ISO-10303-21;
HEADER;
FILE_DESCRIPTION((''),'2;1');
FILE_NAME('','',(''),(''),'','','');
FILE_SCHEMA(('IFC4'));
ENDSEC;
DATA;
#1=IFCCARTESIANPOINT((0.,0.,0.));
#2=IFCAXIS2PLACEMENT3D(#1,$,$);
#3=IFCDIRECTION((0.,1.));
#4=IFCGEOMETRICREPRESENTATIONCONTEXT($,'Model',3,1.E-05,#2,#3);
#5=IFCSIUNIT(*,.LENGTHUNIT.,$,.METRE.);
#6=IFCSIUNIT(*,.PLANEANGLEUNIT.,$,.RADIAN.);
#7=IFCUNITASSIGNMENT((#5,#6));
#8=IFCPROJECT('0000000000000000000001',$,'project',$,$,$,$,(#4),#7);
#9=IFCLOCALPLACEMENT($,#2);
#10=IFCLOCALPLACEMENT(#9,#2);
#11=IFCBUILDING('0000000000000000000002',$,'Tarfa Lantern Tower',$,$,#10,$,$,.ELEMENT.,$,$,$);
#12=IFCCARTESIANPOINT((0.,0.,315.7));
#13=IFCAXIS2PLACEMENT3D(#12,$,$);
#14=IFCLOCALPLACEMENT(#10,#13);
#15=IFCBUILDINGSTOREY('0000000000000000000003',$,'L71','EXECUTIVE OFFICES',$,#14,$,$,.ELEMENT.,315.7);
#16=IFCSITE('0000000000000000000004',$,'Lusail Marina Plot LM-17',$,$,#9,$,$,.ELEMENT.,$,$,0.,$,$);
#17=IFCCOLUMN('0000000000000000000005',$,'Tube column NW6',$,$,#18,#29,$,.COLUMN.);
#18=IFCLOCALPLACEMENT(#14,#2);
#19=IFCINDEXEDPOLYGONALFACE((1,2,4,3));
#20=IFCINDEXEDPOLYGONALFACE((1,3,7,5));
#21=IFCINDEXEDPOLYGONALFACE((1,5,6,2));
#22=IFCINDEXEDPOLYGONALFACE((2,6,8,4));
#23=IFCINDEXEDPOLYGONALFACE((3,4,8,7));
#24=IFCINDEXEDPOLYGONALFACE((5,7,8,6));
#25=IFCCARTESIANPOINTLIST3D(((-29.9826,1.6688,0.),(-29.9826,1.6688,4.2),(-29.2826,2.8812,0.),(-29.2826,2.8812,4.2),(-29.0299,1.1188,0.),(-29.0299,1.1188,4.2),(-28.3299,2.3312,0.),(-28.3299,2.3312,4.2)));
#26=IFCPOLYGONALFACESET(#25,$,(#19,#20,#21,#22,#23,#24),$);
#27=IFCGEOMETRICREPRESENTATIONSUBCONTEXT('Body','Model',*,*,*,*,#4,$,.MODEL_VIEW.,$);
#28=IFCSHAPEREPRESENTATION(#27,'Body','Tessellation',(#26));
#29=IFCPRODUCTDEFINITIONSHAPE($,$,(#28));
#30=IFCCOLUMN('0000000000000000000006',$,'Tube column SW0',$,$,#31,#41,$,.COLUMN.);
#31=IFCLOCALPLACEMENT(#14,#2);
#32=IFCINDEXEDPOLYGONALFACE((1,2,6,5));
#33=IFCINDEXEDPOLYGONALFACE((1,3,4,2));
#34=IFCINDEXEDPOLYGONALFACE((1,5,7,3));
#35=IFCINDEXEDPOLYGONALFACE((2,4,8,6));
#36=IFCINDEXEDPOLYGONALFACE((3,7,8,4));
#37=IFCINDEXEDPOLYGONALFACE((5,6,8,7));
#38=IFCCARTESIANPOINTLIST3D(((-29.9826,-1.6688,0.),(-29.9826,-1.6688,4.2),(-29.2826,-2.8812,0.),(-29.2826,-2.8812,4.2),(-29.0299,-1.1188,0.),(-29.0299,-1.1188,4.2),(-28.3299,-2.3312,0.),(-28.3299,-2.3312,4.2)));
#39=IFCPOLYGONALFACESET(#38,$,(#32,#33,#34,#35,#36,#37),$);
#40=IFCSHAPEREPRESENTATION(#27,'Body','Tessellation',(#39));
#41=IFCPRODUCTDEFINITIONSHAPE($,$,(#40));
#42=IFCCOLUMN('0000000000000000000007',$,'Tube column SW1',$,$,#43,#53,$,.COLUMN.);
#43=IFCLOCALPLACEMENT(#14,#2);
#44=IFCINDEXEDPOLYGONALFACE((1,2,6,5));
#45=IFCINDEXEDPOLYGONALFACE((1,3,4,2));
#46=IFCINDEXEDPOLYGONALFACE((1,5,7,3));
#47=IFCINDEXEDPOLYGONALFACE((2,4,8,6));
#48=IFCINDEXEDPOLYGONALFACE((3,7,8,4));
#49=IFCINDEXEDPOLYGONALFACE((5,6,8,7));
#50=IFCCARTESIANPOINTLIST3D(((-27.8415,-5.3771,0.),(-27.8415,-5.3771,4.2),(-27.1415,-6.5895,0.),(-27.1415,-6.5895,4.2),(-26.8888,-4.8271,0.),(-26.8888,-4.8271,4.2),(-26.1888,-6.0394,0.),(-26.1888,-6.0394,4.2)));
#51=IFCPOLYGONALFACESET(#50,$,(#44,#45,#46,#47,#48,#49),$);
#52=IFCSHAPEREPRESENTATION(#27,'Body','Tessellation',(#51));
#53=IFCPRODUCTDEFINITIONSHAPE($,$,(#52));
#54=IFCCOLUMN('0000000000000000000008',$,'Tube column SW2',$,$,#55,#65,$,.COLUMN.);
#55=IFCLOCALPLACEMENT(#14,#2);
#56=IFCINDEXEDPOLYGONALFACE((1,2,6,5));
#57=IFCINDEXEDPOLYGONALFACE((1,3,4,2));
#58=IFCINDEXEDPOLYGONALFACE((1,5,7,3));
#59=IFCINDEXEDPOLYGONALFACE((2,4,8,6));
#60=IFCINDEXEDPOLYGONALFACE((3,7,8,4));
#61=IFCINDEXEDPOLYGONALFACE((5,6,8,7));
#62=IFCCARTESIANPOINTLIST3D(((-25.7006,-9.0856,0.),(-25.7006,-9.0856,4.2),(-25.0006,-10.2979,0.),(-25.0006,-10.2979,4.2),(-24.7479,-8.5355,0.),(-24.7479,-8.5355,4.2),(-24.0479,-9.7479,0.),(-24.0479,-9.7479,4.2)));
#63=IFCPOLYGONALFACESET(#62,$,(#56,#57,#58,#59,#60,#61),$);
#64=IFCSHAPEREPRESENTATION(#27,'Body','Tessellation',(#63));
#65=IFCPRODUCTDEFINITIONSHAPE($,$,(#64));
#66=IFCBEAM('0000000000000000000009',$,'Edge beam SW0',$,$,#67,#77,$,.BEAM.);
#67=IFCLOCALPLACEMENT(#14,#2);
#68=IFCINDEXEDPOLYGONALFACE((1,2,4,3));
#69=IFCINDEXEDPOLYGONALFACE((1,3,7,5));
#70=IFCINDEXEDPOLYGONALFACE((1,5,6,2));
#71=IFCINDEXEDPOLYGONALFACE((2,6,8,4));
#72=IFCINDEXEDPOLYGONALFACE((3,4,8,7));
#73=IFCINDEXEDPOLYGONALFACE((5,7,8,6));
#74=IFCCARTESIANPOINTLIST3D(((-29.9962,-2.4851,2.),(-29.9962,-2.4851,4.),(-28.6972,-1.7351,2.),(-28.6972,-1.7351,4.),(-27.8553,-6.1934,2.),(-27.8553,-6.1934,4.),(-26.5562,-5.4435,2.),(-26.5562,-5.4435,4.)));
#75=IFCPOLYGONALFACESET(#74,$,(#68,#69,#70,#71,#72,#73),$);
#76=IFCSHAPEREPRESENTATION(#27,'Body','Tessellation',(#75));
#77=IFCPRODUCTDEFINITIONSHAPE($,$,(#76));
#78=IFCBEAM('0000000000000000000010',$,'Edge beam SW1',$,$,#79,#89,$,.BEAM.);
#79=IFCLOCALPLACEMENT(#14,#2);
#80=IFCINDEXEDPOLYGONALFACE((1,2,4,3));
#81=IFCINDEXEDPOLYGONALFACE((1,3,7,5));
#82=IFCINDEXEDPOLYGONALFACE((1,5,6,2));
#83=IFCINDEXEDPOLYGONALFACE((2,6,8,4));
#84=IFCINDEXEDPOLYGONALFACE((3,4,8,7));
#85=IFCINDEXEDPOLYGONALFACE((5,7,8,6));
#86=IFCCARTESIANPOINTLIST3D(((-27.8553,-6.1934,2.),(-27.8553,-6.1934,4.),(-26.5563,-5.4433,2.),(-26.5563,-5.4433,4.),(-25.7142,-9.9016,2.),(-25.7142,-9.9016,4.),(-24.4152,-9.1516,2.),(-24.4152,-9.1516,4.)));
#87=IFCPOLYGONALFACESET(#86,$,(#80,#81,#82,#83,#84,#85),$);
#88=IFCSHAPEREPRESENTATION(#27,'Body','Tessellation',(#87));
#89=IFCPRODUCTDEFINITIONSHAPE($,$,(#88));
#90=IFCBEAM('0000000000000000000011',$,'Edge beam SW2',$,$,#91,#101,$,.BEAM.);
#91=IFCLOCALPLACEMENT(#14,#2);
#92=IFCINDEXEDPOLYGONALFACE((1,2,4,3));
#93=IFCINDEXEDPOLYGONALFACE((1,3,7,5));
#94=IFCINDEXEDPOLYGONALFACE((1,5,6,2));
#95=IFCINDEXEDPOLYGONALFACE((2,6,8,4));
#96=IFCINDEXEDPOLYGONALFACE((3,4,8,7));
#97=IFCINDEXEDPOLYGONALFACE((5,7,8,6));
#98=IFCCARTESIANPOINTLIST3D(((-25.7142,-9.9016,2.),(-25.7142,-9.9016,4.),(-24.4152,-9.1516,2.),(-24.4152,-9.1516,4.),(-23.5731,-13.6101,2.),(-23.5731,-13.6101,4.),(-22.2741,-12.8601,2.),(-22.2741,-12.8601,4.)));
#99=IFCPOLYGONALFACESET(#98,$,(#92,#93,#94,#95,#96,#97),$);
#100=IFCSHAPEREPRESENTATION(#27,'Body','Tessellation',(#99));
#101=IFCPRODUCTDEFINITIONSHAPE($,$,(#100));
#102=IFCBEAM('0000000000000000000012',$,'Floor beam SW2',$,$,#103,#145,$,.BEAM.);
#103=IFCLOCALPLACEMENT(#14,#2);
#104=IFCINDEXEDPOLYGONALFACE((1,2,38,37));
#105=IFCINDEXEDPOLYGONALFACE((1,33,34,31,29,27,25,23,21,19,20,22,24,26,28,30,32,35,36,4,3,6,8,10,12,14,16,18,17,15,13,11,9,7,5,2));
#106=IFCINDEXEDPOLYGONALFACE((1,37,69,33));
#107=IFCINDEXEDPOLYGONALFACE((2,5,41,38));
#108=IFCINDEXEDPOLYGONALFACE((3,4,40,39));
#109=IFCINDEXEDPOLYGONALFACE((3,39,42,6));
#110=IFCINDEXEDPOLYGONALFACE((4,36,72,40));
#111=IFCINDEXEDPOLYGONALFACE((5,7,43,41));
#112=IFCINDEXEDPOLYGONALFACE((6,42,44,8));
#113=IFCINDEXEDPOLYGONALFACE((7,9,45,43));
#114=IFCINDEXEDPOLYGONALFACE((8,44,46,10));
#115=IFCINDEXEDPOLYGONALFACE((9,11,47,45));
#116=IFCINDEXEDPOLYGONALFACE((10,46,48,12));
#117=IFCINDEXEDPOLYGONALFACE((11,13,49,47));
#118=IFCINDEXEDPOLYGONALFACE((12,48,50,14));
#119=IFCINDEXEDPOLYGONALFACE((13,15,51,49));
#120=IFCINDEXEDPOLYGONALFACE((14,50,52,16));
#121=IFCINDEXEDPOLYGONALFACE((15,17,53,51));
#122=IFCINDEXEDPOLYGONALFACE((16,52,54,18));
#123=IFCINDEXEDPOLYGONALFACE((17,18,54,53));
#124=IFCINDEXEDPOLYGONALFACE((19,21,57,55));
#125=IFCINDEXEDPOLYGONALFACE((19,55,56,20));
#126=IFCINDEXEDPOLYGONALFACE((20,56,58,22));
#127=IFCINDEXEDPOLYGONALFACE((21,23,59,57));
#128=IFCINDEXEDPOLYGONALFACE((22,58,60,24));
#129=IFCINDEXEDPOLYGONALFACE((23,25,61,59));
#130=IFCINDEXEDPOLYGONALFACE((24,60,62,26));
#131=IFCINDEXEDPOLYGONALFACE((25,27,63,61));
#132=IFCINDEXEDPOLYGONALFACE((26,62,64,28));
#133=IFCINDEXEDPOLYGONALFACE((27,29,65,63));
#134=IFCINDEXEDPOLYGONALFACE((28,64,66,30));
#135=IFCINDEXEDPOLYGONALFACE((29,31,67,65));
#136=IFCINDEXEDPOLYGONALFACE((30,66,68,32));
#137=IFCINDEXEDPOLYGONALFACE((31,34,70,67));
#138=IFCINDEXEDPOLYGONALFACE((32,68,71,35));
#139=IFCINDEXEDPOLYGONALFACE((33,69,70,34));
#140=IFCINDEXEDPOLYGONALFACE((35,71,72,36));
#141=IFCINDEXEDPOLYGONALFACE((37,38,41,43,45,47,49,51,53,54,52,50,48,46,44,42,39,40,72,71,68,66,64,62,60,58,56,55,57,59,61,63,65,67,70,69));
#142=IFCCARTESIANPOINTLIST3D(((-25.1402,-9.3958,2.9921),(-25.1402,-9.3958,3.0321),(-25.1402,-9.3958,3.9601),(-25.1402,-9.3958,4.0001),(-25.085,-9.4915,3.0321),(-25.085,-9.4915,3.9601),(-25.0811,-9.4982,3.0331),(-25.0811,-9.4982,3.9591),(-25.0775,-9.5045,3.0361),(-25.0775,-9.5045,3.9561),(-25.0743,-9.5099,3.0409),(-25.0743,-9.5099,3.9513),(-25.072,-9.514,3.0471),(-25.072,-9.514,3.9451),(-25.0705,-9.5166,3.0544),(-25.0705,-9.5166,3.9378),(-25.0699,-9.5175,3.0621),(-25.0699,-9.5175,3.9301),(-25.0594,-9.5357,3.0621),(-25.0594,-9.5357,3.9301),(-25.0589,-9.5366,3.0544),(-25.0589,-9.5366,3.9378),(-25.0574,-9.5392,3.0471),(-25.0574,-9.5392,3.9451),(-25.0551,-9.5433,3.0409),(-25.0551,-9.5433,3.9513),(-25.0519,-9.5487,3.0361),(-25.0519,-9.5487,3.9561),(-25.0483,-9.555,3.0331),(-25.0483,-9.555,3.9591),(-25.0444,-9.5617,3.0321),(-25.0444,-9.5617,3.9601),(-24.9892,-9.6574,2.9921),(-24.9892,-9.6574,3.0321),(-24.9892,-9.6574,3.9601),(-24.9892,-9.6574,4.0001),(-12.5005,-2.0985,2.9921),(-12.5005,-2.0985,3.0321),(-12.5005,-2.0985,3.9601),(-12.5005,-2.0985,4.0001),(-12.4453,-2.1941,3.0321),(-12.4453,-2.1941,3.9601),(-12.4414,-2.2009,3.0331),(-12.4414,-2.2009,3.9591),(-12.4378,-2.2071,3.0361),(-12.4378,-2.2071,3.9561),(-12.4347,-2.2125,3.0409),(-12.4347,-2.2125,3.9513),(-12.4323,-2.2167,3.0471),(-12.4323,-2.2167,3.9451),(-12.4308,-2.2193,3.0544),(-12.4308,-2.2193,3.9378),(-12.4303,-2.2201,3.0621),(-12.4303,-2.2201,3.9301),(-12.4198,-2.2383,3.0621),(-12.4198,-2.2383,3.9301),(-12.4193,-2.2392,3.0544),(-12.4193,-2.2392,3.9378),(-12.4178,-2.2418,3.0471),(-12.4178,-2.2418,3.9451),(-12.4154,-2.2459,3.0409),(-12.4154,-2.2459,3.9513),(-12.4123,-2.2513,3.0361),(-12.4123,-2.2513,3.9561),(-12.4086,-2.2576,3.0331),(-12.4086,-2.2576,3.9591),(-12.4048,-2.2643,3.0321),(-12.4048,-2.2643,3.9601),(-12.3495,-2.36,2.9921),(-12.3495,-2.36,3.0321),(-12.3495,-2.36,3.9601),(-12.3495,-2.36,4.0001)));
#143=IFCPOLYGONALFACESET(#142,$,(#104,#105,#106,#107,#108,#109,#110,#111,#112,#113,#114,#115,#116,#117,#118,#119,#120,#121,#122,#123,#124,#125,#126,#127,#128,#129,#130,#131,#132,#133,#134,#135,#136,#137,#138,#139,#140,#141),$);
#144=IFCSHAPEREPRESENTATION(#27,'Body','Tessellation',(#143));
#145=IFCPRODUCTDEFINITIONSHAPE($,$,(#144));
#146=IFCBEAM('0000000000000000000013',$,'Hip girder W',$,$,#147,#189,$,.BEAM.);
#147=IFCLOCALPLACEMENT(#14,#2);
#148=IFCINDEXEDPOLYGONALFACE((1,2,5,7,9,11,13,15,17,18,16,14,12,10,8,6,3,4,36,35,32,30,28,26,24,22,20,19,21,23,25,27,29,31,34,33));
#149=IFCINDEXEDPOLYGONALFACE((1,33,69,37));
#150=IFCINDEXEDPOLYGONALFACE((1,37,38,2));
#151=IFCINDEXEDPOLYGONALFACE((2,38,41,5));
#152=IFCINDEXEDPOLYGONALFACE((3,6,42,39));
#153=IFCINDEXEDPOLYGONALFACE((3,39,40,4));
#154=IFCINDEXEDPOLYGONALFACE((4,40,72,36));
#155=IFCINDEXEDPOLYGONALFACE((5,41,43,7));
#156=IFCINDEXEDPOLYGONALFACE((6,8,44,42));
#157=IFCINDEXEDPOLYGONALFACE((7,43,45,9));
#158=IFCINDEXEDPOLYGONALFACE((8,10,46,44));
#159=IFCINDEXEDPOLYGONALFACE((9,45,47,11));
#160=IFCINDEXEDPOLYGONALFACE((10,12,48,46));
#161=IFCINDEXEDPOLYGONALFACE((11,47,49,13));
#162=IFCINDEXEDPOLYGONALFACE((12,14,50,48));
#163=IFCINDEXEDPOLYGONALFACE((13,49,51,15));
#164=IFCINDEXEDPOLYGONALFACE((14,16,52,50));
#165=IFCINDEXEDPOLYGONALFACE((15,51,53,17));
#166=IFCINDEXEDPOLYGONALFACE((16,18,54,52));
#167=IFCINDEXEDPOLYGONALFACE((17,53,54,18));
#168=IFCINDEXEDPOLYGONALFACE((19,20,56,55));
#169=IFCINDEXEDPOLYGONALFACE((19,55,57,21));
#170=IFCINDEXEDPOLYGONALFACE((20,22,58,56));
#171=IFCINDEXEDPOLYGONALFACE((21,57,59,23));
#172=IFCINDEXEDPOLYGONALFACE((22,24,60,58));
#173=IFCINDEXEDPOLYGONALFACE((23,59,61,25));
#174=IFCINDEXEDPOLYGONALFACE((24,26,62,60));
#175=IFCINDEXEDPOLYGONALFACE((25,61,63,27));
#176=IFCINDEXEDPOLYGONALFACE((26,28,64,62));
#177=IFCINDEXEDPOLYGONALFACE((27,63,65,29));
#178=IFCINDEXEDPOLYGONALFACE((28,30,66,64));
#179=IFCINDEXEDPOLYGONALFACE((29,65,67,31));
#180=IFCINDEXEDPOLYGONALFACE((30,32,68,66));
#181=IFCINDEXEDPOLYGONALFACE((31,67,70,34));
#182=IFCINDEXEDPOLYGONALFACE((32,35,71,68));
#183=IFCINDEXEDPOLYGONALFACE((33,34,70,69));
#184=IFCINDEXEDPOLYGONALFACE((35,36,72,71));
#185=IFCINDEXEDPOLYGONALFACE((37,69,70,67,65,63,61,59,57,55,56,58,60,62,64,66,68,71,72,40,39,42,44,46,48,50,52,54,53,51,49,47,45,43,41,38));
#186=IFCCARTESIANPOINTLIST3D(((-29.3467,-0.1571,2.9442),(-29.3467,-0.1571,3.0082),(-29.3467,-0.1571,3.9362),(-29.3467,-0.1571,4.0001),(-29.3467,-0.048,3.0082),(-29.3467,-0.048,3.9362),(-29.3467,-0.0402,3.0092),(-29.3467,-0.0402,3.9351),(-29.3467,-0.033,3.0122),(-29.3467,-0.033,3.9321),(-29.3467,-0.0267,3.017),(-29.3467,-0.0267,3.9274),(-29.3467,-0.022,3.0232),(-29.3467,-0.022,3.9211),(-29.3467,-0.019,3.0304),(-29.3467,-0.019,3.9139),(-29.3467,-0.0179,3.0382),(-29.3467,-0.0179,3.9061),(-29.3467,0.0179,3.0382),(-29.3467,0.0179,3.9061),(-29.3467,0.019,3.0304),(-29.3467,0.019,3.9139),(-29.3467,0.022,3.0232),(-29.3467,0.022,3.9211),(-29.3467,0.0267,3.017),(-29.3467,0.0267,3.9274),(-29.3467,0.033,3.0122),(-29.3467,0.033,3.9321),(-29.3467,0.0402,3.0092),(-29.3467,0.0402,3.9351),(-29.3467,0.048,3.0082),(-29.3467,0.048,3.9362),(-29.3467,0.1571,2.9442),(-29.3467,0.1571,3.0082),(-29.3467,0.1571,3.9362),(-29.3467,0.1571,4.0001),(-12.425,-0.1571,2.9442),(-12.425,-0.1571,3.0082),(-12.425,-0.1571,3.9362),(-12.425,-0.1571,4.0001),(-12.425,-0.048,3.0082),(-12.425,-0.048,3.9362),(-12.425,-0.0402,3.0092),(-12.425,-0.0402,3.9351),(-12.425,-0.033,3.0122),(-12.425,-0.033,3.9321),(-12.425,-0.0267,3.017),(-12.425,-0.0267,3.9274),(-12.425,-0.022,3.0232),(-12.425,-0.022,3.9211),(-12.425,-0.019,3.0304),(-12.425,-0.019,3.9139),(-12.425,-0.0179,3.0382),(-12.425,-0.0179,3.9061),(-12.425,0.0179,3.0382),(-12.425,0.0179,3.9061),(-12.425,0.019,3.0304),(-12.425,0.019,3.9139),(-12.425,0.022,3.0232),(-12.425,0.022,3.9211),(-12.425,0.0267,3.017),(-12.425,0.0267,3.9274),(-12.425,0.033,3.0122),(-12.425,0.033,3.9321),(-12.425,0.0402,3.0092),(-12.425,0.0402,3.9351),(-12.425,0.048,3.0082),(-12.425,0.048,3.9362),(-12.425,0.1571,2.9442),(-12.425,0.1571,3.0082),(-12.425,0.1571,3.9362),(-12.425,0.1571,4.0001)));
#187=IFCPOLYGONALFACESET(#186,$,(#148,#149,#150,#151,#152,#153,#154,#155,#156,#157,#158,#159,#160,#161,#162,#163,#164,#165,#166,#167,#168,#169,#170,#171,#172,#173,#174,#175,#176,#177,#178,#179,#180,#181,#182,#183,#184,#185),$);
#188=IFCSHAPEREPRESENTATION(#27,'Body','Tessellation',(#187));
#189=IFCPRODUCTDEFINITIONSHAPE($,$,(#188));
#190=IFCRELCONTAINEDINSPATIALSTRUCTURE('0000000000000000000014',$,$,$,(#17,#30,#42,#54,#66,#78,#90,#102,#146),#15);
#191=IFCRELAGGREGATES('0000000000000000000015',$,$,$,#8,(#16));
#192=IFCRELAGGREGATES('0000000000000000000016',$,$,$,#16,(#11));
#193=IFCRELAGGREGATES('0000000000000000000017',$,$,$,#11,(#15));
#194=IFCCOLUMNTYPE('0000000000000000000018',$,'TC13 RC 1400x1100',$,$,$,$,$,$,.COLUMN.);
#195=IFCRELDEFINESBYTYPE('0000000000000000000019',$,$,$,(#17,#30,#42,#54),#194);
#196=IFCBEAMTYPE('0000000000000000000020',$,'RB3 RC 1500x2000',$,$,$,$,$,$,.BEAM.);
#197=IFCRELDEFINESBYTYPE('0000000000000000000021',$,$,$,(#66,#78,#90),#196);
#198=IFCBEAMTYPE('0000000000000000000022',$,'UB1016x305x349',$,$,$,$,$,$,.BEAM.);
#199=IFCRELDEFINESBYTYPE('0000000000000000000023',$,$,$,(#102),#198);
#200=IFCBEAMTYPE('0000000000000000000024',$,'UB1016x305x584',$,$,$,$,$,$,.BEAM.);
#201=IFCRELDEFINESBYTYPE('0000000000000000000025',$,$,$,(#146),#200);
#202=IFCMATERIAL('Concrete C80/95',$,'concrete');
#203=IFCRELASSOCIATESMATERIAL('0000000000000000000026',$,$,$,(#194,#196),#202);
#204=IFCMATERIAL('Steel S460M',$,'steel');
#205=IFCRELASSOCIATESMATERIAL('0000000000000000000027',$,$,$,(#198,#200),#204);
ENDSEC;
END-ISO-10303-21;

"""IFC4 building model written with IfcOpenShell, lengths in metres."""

from ifc_helpers import new_model, si_unit, direction, frame, origin, origin_2d, place, context, subcontext, project, spatial, rectangle, i_section, extrude, material, material_profile, profile_set, type_object, element, save


model = new_model("IFC4")

# Units and contexts
model_context = context("Model", 3, precision=1e-05, world=origin(), true_north=direction((0.0, 1.0)))
body_context = subcontext(model_context, "Body", "Model", "MODEL_VIEW")
ifc_project = project(units=[si_unit("LENGTHUNIT", "METRE"), si_unit("PLANEANGLEUNIT", "RADIAN")], contexts=[model_context])

# Site, building, storey
site_placement = place(None, origin())
site = spatial("IfcSite", under=ifc_project, at=site_placement, Name="Lusail Marina Plot LM-17", CompositionType="ELEMENT", RefElevation=0.0)
building_placement = place(site_placement, origin())
building = spatial("IfcBuilding", under=site, at=building_placement, Name="Tarfa Lantern Tower", CompositionType="ELEMENT")
storey_placement = place(building_placement, frame((0.0, 0.0, 315.7)))
storey = spatial("IfcBuildingStorey", under=building, at=storey_placement, Name="L71", Description="EXECUTIVE OFFICES", CompositionType="ELEMENT", Elevation=315.7)

# Columns
ifc_material_1 = material(Name="Concrete C80/95", Category="concrete")
ifc_material_profile_1 = material_profile(ifc_material_1, rectangle(XDim=1.3999, YDim=1.1001, at=origin_2d()), Name="RC 1400x1100")
ifc_profile_set_1 = profile_set([ifc_material_profile_1], Name="Concrete C80/95")
column_type = type_object("IfcColumnType", Name="TC13 RC 1400x1100", PredefinedType="COLUMN", material=ifc_profile_set_1)
for number, where, z_axis, x_axis, name in (
    (1, (-29.1562, 2.0, 0.0), (0.0, 0.0, 1.0), (-0.5, -0.866025, 0.0), "Tube column NW6"),
    (2, (-29.1562, -2.0, 0.0), (0.0, 0.0, 1.0), (0.5, -0.866025, 0.0), "Tube column SW0"),
    (3, (-27.0151, -5.7083, 0.0), (0.0, 0.0, 1.0), (0.5, -0.866025, 0.0), "Tube column SW1"),
    (4, (-24.8743, -9.4167, 0.0), (0.0, 0.0, 1.0), (0.5, -0.866025, 0.0), "Tube column SW2"),
):
    element("IfcColumn", number, at=place(storey_placement, frame(where, z_axis=z_axis, x_axis=x_axis)), inside=storey, type_object=column_type, Name=name, PredefinedType="COLUMN", context=body_context, shape_type="SweptSolid", body=[
        extrude(rectangle(XDim=1.3999, YDim=1.1001, at=origin_2d()), origin(), (0.0, 0.0, 1.0), 4.2),
    ])

# Beams
ifc_material_profile_2 = material_profile(ifc_material_1, rectangle(XDim=1.5, YDim=2.0, at=origin_2d()), Name="RC 1500x2000")
ifc_profile_set_2 = profile_set([ifc_material_profile_2], Name="Concrete C80/95")
beam_type_1 = type_object("IfcBeamType", Name="RB3 RC 1500x2000", PredefinedType="BEAM", material=ifc_profile_set_2)
for number, where, z_axis, x_axis, name in (
    (5, (-29.3467, -2.1101, 3.0), (0.499984, -0.866035, 0.0), (0.866035, 0.499984, 0.0), "Edge beam SW0"),
    (6, (-27.2058, -5.8184, 3.0), (0.500027, -0.86601, 0.0), (0.86601, 0.500027, 0.0), "Edge beam SW1"),
):
    element("IfcBeam", number, at=place(storey_placement, frame(where, z_axis=z_axis, x_axis=x_axis)), inside=storey, type_object=beam_type_1, Name=name, PredefinedType="BEAM", context=body_context, shape_type="SweptSolid", body=[
        extrude(rectangle(XDim=1.5, YDim=2.0, at=origin_2d()), origin(), (0.0, 0.0, 1.0), 4.282),
    ])
beam_1_placement = place(storey_placement, frame((-25.0647, -9.5266, 3.0), z_axis=(0.500002, -0.866024, 0.0), x_axis=(0.866024, 0.500002, 0.0)))
element("IfcBeam", 7, at=beam_1_placement, inside=storey, type_object=beam_type_1, Name="Edge beam SW2", PredefinedType="BEAM", context=body_context, shape_type="SweptSolid", body=[
    extrude(rectangle(XDim=1.5, YDim=2.0, at=origin_2d()), origin(), (0.0, 0.0, 1.0), 4.2822),
])
ifc_material_2 = material(Name="Steel S460M", Category="steel")
ifc_material_profile_3 = material_profile(ifc_material_2, i_section(OverallWidth=0.302, OverallDepth=1.0081, WebThickness=0.021, FlangeThickness=0.04, FilletRadius=0.03, at=origin_2d()), Name="UB1016x305x349")
ifc_profile_set_3 = profile_set([ifc_material_profile_3], Name="Steel S460M")
beam_type_2 = type_object("IfcBeamType", Name="UB1016x305x349", PredefinedType="BEAM", material=ifc_profile_set_3)
beam_2_placement = place(storey_placement, frame((-25.0647, -9.5266, 3.4961), z_axis=(0.86603, 0.499993, 0.0), x_axis=(-0.499993, 0.86603, 0.0)))
element("IfcBeam", 8, at=beam_2_placement, inside=storey, type_object=beam_type_2, Name="Floor beam SW2", PredefinedType="BEAM", context=body_context, shape_type="SweptSolid", body=[
    extrude(i_section(OverallWidth=0.302, OverallDepth=1.0081, WebThickness=0.021, FlangeThickness=0.04, FilletRadius=0.03, at=origin_2d()), origin(), (0.0, 0.0, 1.0), 14.595),
])
ifc_material_profile_4 = material_profile(ifc_material_2, i_section(OverallWidth=0.3142, OverallDepth=1.0559, WebThickness=0.0359, FlangeThickness=0.064, FilletRadius=0.03, at=origin_2d()), Name="UB1016x305x584")
ifc_profile_set_4 = profile_set([ifc_material_profile_4], Name="Steel S460M")
beam_type_3 = type_object("IfcBeamType", Name="UB1016x305x584", PredefinedType="BEAM", material=ifc_profile_set_4)
beam_3_placement = place(storey_placement, frame((-12.425, 0.0, 3.4722), z_axis=(-1.0, 0.0, 0.0), x_axis=(0.0, -1.0, 0.0)))
element("IfcBeam", 9, at=beam_3_placement, inside=storey, type_object=beam_type_3, Name="Hip girder W", PredefinedType="BEAM", context=body_context, shape_type="SweptSolid", body=[
    extrude(i_section(OverallWidth=0.3142, OverallDepth=1.0559, WebThickness=0.0359, FlangeThickness=0.064, FilletRadius=0.03, at=origin_2d()), origin(), (0.0, 0.0, 1.0), 16.9216),
])

save(model, "model.ifc")
